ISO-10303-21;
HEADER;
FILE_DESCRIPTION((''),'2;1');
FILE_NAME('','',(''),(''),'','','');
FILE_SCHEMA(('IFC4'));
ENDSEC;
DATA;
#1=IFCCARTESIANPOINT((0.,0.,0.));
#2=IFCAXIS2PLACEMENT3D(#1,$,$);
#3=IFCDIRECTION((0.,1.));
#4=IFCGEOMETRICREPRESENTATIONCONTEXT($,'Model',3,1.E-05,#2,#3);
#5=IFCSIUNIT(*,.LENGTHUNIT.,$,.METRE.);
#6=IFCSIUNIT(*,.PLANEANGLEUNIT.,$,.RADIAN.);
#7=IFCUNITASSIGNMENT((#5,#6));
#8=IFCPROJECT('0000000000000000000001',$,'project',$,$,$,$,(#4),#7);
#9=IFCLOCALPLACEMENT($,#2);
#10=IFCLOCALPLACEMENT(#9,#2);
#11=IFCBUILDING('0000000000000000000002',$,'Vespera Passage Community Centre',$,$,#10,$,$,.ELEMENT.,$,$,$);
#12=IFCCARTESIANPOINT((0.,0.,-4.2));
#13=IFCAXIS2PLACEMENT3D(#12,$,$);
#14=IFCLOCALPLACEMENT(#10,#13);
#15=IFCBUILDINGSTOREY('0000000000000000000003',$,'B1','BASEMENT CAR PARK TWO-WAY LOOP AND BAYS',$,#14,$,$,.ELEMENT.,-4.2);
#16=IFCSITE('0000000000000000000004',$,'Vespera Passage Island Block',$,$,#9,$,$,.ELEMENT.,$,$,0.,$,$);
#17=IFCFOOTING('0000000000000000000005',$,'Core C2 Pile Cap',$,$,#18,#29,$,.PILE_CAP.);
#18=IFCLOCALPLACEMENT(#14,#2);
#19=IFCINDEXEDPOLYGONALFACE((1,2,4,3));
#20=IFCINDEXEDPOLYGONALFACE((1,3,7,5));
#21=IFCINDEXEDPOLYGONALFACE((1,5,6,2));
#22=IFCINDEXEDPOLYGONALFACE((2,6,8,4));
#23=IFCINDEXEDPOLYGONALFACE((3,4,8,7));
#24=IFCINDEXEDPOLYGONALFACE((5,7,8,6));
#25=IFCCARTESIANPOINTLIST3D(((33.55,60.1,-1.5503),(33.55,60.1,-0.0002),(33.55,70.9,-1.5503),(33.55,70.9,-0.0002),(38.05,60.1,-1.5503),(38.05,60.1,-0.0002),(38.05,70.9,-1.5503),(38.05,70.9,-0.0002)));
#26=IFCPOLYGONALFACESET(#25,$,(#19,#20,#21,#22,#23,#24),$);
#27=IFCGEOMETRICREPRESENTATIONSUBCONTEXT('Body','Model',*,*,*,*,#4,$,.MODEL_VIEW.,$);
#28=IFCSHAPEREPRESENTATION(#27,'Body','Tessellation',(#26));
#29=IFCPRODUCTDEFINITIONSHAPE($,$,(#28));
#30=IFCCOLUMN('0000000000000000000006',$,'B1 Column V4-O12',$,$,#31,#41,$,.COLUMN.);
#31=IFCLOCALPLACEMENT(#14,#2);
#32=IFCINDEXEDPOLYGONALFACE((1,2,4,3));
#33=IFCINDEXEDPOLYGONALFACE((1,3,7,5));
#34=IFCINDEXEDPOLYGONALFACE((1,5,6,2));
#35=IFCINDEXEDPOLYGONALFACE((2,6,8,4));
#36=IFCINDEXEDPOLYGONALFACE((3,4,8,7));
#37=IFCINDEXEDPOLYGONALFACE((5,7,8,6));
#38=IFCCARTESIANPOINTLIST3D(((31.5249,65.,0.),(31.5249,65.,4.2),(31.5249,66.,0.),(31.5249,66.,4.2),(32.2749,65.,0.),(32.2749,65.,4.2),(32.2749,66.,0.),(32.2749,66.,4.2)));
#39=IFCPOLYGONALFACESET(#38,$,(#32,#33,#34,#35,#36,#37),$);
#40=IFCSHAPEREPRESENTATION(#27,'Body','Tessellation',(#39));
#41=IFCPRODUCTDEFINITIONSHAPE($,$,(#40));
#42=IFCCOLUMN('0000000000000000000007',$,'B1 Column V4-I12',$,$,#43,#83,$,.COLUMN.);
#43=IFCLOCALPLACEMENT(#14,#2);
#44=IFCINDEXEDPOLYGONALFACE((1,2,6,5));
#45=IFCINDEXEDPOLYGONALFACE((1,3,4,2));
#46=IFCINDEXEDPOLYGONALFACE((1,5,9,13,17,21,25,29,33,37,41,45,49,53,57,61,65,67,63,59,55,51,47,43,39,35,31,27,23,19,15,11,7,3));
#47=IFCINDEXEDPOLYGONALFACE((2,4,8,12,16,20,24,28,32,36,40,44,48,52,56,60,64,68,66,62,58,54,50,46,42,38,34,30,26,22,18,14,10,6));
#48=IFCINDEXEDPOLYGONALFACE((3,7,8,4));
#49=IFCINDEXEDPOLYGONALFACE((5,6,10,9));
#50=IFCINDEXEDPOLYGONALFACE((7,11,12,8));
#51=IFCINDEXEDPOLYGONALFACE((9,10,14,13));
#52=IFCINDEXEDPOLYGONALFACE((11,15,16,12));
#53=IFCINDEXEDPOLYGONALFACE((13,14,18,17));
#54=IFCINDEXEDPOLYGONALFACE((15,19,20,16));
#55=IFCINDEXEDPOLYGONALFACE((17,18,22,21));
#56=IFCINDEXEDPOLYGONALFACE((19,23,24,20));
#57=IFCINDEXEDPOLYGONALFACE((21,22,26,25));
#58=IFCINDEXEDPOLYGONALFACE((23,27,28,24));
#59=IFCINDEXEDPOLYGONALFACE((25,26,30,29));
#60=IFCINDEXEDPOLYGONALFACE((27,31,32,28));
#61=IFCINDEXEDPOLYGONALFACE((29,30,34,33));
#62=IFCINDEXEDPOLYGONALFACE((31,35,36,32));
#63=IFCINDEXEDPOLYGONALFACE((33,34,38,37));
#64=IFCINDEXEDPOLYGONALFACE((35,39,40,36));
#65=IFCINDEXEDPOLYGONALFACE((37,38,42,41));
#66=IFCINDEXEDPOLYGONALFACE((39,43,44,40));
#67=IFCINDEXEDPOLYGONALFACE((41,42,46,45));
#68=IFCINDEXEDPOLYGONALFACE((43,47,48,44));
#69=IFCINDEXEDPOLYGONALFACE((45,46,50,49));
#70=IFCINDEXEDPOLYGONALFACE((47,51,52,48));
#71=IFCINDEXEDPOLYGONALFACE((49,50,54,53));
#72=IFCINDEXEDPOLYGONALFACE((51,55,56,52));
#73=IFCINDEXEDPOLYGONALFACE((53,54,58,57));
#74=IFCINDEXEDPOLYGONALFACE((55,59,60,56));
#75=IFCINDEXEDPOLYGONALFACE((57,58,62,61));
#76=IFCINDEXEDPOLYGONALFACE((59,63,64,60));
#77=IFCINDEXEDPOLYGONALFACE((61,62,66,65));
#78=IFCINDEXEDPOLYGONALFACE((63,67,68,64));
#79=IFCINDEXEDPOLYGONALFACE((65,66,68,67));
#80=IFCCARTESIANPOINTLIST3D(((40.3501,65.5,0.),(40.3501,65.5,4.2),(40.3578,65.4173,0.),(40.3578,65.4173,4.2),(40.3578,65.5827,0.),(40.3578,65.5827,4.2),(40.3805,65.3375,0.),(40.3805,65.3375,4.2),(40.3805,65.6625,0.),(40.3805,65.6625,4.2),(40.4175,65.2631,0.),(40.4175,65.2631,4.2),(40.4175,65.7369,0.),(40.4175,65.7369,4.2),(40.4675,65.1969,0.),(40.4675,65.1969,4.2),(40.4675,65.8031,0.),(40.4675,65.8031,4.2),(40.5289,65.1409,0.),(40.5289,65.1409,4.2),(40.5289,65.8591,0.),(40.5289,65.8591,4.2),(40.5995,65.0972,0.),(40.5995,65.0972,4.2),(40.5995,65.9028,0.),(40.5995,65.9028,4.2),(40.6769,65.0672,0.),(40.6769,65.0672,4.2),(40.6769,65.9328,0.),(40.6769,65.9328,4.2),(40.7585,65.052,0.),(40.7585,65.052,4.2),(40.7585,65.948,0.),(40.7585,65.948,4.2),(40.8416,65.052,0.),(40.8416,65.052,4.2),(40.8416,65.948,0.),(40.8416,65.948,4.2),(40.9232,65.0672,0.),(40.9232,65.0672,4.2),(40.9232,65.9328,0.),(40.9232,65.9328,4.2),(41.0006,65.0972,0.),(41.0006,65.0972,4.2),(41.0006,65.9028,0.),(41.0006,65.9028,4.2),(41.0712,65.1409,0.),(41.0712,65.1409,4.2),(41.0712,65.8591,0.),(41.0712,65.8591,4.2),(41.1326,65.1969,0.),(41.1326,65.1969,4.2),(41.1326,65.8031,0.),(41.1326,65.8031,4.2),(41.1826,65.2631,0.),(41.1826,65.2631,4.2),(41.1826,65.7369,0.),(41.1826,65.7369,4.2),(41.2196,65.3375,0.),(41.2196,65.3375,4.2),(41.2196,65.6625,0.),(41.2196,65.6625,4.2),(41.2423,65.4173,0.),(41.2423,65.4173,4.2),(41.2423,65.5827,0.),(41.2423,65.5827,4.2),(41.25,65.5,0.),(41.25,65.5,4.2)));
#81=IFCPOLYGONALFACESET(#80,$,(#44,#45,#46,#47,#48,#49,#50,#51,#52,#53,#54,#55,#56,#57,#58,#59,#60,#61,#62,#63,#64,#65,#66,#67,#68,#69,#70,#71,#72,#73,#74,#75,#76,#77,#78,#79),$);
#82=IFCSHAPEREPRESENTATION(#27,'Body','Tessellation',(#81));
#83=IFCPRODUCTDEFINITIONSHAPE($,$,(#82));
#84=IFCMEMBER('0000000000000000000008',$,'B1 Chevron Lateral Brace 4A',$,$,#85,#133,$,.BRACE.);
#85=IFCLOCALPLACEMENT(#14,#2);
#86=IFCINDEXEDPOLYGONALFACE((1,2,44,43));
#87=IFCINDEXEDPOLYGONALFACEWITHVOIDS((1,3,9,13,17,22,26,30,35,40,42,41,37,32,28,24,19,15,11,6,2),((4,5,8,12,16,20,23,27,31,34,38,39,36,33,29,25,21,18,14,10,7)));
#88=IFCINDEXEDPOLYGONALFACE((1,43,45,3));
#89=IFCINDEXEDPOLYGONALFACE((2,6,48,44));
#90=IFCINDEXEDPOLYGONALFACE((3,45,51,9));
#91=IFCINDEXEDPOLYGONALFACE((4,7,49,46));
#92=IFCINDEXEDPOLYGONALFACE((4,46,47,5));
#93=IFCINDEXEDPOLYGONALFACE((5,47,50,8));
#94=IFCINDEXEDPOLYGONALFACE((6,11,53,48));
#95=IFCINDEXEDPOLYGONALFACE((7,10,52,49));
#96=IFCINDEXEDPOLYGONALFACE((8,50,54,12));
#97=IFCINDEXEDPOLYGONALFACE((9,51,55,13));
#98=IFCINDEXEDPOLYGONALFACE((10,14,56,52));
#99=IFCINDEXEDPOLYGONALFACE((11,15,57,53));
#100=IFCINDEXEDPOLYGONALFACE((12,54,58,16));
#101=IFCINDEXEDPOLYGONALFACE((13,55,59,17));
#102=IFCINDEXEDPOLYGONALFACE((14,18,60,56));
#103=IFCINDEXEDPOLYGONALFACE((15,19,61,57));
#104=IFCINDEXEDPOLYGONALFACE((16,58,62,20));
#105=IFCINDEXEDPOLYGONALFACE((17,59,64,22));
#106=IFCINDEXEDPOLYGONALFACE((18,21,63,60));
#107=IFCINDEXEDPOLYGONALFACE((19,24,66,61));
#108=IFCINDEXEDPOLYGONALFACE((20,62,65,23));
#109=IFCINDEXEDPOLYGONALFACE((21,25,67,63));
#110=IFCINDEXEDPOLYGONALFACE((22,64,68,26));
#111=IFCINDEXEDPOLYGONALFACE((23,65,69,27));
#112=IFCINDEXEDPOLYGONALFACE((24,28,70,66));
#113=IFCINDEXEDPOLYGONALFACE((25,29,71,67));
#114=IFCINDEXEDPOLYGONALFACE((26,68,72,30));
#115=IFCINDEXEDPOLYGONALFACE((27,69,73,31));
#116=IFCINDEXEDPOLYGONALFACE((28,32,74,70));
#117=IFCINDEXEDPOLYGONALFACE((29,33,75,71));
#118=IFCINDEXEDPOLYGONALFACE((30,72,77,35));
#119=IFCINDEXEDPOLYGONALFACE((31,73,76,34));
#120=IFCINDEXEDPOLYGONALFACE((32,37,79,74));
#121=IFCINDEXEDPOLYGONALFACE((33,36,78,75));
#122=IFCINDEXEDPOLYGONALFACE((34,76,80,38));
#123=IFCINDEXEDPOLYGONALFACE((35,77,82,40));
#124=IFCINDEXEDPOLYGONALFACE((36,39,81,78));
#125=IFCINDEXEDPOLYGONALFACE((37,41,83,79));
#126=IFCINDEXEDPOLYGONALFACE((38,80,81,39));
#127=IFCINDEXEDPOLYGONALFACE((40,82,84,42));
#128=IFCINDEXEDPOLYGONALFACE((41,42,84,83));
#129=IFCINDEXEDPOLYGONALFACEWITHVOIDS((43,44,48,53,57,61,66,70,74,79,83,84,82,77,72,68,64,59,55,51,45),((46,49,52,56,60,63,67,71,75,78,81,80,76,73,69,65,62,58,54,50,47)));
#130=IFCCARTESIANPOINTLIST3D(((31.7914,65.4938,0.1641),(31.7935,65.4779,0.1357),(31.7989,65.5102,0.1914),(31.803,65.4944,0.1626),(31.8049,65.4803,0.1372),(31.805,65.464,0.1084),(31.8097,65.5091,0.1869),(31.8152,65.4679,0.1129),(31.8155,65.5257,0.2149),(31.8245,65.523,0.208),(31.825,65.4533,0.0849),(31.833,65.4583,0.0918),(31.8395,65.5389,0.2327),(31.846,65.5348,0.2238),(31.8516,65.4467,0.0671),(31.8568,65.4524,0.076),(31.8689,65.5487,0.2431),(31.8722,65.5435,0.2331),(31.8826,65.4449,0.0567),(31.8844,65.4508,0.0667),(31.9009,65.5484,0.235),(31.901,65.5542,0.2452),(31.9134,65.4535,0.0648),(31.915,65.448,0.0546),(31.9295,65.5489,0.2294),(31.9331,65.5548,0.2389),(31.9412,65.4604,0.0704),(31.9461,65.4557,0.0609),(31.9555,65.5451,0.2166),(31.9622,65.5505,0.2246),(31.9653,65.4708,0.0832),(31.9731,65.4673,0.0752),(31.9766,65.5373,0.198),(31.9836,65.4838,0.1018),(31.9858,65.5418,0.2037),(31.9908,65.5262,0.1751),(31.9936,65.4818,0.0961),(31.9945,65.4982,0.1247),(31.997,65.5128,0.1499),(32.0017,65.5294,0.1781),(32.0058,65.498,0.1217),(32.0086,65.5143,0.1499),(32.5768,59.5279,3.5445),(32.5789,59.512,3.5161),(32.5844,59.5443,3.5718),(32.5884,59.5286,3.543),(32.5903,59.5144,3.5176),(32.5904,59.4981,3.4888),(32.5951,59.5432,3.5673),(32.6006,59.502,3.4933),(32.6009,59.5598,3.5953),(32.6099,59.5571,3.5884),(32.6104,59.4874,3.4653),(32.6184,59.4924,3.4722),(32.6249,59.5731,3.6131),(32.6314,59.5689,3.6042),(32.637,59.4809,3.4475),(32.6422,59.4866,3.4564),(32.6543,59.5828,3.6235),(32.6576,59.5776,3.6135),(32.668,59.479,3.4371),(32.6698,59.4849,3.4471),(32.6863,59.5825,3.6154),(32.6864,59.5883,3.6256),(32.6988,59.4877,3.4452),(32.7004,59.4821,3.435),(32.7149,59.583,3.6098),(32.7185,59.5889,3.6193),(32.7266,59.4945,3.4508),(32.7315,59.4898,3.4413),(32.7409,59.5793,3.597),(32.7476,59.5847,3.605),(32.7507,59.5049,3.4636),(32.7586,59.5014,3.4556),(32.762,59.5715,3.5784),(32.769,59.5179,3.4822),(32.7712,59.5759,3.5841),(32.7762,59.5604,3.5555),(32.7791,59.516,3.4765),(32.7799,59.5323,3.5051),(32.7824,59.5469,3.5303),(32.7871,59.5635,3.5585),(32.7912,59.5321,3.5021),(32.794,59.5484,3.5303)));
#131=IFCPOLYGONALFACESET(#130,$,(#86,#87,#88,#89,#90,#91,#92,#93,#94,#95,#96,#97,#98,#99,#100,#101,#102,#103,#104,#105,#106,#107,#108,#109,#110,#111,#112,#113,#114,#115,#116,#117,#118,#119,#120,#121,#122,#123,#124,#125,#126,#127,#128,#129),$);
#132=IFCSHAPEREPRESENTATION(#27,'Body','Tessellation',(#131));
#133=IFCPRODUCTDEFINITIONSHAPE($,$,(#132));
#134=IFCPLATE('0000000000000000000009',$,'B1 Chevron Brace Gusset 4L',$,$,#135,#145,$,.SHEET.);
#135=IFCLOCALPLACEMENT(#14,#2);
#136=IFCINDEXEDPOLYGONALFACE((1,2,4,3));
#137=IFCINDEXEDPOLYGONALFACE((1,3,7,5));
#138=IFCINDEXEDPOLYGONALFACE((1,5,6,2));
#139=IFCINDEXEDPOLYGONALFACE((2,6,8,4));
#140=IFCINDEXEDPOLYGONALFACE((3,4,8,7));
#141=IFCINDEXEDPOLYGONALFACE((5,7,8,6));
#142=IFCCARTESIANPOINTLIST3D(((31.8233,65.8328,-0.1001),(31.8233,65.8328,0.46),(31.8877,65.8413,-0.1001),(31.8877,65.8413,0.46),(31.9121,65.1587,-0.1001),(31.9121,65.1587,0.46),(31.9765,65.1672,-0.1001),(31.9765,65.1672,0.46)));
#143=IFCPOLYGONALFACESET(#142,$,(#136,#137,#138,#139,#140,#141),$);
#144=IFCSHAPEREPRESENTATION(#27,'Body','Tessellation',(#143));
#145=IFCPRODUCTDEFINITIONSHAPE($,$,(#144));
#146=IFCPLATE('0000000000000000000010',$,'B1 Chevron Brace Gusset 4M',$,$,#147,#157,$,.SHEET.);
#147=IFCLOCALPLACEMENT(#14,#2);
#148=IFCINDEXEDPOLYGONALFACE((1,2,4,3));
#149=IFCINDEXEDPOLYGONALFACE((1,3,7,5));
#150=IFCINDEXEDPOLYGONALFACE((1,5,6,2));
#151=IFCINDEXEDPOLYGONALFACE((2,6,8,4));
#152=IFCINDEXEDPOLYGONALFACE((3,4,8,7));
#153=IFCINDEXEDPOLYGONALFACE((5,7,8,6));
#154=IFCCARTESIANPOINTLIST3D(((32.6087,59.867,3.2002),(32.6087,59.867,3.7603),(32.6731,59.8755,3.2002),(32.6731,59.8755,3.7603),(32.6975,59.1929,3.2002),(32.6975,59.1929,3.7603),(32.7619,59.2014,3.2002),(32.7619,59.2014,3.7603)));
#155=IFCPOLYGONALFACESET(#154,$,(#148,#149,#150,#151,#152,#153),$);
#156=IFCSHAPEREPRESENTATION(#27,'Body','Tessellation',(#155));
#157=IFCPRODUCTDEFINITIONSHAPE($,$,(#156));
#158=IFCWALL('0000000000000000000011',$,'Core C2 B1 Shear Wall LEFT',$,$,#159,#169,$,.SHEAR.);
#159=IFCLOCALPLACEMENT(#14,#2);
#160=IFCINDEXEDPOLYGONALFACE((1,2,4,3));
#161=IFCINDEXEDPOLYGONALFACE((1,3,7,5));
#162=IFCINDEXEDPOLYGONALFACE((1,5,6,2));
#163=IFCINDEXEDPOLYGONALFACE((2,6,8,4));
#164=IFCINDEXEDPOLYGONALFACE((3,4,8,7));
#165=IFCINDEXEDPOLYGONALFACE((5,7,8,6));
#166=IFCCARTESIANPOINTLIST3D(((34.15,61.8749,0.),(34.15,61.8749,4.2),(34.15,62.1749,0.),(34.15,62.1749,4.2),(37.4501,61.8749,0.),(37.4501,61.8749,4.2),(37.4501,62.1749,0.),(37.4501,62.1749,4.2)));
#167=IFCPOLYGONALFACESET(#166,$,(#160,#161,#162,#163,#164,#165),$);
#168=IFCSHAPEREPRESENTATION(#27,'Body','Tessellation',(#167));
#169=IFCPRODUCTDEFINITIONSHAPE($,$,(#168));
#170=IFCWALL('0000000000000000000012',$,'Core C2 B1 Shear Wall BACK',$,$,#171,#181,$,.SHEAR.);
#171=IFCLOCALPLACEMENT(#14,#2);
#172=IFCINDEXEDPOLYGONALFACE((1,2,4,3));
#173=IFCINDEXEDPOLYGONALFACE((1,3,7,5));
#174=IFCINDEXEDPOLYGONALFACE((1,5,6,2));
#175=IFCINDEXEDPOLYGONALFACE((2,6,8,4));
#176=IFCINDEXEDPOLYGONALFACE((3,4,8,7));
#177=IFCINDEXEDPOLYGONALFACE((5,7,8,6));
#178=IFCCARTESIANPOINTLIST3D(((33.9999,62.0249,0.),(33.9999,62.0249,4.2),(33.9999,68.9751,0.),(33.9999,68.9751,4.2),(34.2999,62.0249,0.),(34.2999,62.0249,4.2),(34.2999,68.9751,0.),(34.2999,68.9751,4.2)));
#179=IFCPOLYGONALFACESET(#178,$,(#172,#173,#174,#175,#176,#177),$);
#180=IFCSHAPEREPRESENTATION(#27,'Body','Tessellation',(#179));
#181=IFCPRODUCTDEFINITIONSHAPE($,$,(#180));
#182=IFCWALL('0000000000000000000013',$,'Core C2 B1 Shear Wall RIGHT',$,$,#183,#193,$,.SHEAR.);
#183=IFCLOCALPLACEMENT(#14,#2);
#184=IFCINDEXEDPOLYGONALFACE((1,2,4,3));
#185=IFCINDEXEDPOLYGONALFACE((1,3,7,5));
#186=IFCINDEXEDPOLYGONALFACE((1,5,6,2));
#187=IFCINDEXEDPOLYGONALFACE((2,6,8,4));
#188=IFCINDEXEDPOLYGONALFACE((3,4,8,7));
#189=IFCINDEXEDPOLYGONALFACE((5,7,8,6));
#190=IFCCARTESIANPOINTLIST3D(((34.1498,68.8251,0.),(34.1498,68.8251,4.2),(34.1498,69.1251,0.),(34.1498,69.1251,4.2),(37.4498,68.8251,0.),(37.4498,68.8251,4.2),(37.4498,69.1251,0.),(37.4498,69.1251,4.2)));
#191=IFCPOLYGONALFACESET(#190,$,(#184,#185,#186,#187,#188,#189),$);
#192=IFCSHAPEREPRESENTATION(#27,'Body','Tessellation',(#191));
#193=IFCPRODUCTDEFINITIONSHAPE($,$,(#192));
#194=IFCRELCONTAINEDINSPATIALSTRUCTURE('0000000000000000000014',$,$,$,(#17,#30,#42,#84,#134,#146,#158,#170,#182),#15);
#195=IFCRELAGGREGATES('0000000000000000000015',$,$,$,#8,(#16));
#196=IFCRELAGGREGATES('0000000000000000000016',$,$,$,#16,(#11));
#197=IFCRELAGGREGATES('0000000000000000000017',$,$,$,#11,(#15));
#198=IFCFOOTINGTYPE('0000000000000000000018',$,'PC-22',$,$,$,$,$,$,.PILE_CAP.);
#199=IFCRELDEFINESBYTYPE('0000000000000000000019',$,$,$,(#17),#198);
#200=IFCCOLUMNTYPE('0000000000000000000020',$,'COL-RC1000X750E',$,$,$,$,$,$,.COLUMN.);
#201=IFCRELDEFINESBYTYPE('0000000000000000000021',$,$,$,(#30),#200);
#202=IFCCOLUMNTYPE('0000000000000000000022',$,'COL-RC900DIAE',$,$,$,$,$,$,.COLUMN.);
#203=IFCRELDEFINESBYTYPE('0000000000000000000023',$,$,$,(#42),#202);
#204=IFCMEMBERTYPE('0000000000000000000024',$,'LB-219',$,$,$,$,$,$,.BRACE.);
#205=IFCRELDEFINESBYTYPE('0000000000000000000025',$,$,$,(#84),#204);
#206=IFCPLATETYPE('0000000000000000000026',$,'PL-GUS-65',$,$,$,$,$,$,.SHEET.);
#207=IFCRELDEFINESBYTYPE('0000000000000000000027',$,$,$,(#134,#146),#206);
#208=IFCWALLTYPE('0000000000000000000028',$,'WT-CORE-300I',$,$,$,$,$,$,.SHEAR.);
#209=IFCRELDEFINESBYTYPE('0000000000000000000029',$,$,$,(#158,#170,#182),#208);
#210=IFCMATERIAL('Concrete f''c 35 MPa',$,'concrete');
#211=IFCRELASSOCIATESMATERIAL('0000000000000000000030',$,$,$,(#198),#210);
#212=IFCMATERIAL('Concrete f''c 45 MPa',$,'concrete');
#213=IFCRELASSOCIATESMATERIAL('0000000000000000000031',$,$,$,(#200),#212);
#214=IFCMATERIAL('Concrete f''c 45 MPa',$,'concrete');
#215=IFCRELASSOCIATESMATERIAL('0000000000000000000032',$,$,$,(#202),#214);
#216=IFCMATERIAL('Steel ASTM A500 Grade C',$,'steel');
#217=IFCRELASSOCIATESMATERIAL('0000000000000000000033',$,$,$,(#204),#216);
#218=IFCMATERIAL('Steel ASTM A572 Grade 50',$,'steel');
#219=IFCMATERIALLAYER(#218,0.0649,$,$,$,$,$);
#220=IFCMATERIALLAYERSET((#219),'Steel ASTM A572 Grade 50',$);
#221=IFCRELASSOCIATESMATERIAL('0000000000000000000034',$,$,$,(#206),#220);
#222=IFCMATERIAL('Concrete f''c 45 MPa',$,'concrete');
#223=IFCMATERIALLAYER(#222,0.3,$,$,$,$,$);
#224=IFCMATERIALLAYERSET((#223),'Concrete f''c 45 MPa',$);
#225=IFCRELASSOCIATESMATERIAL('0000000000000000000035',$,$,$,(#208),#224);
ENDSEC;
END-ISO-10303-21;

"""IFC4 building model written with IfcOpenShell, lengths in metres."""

from ifc_helpers import new_model, si_unit, direction, frame, frame_2d, origin, origin_2d, place, context, subcontext, project, spatial, rectangle, circle, hollow_circle, extrude, material, layer, layer_set, material_profile, profile_set, type_object, element, save


model = new_model("IFC4")

# Units and contexts
model_context = context("Model", 3, precision=1e-05, world=origin(), true_north=direction((0.0, 1.0)))
body_context = subcontext(model_context, "Body", "Model", "MODEL_VIEW")
ifc_project = project(units=[si_unit("LENGTHUNIT", "METRE"), si_unit("PLANEANGLEUNIT", "RADIAN")], contexts=[model_context])

# Site, building, storey
site_placement = place(None, origin())
site = spatial("IfcSite", under=ifc_project, at=site_placement, Name="Vespera Passage Island Block", CompositionType="ELEMENT", RefElevation=0.0)
building_placement = place(site_placement, origin())
building = spatial("IfcBuilding", under=site, at=building_placement, Name="Vespera Passage Community Centre", CompositionType="ELEMENT")
storey_placement = place(building_placement, frame((0.0, 0.0, -4.2)))
storey = spatial("IfcBuildingStorey", under=building, at=storey_placement, Name="B1", Description="BASEMENT CAR PARK TWO-WAY LOOP AND BAYS", CompositionType="ELEMENT", Elevation=-4.2)

# Footing
ifc_material_1 = material(Name="Concrete f'c 35 MPa", Category="concrete")
footing_type_1 = type_object("IfcFootingType", Name="PC-22", PredefinedType="PILE_CAP", material=ifc_material_1)
footing_1_placement = place(storey_placement, frame((35.8, 65.5, -1.5503), z_axis=(0.0, 0.0, 1.0), x_axis=(0.0, 1.0, 0.0)))
element("IfcFooting", 1, at=footing_1_placement, inside=storey, type_object=footing_type_1, Name="Core C2 Pile Cap", PredefinedType="PILE_CAP", context=body_context, shape_type="SweptSolid", body=[
    extrude(rectangle(XDim=10.8, YDim=4.5, at=origin_2d()), origin(), (0.0, 0.0, 1.0), 1.55),
])

# Columns
ifc_material_2 = material(Name="Concrete f'c 45 MPa", Category="concrete")
ifc_material_profile_1 = material_profile(ifc_material_2, rectangle(XDim=0.75, YDim=1.0, at=origin_2d()), Name="RC1000X750")
ifc_profile_set_1 = profile_set([ifc_material_profile_1], Name="Concrete f'c 45 MPa")
column_type_1 = type_object("IfcColumnType", Name="COL-RC1000X750E", PredefinedType="COLUMN", material=ifc_profile_set_1)
column_1_placement = place(storey_placement, frame((31.8999, 65.5, 0.0), z_axis=(0.0, 0.0, 1.0), x_axis=(1.0, 0.0, 0.0)))
element("IfcColumn", 2, at=column_1_placement, inside=storey, type_object=column_type_1, Name="B1 Column V4-O12", PredefinedType="COLUMN", context=body_context, shape_type="SweptSolid", body=[
    extrude(rectangle(XDim=0.75, YDim=1.0, at=origin_2d()), origin(), (0.0, 0.0, 1.0), 4.2),
])
ifc_material_3 = material(Name="Concrete f'c 45 MPa", Category="concrete")
ifc_material_profile_2 = material_profile(ifc_material_3, circle(Radius=0.45, at=origin_2d()), Name="RC900DIA")
ifc_profile_set_2 = profile_set([ifc_material_profile_2], Name="Concrete f'c 45 MPa")
column_type_2 = type_object("IfcColumnType", Name="COL-RC900DIAE", PredefinedType="COLUMN", material=ifc_profile_set_2)
column_2_placement = place(storey_placement, frame((40.8, 65.5, 0.0), z_axis=(0.0, 0.0, 1.0), x_axis=(1.0, 0.0, 0.0)))
element("IfcColumn", 3, at=column_2_placement, inside=storey, type_object=column_type_2, Name="B1 Column V4-I12", PredefinedType="COLUMN", context=body_context, shape_type="SweptSolid", body=[
    extrude(circle(Radius=0.45, at=origin_2d()), origin(), (0.0, 0.0, 1.0), 4.2),
])

# Member
ifc_material_4 = material(Name="Steel ASTM A500 Grade C", Category="steel")
ifc_material_profile_3 = material_profile(ifc_material_4, hollow_circle(Radius=0.1096, WallThickness=0.0117, at=origin_2d()), Name="CHS219X12.7")
ifc_profile_set_3 = profile_set([ifc_material_profile_3], Name="Steel ASTM A500 Grade C")
member_type = type_object("IfcMemberType", Name="LB-219", PredefinedType="BRACE", material=ifc_profile_set_3)
member_placement = place(storey_placement, frame((31.8999, 65.5, 0.1499), z_axis=(0.113797, -0.864387, 0.489781), x_axis=(0.991445, 0.130524, 0.0)))
element("IfcMember", 4, at=member_placement, inside=storey, type_object=member_type, Name="B1 Chevron Lateral Brace 4A", PredefinedType="BRACE", context=body_context, shape_type="SweptSolid", body=[
    extrude(hollow_circle(Radius=0.1096, WallThickness=0.0117, at=origin_2d()), origin(), (0.0, 0.0, 1.0), 6.9019),
])

# Plates
ifc_material_5 = material(Name="Steel ASTM A572 Grade 50", Category="steel")
ifc_layer_1 = layer(ifc_material_5, 0.0649)
ifc_layer_set_1 = layer_set([ifc_layer_1], Name="Steel ASTM A572 Grade 50")
plate_type = type_object("IfcPlateType", Name="PL-GUS-65", PredefinedType="SHEET", material=ifc_layer_set_1)
for number, where, z_axis, x_axis, name in (
    (5, (31.8999, 65.5, -0.1001), (0.0, 0.0, 1.0), (0.130526, -0.991445, 0.0), "B1 Chevron Brace Gusset 4L"),
    (6, (32.6853, 59.5342, 3.2002), (0.0, 0.0, 1.0), (0.130526, -0.991445, 0.0), "B1 Chevron Brace Gusset 4M"),
):
    element("IfcPlate", number, at=place(storey_placement, frame(where, z_axis=z_axis, x_axis=x_axis)), inside=storey, type_object=plate_type, Name=name, PredefinedType="SHEET", context=body_context, shape_type="SweptSolid", body=[
        extrude(rectangle(XDim=0.6799, YDim=0.0649, at=origin_2d()), origin(), (0.0, 0.0, 1.0), 0.5601),
    ])

# Walls
ifc_material_6 = material(Name="Concrete f'c 45 MPa", Category="concrete")
ifc_layer_2 = layer(ifc_material_6, 0.3)
ifc_layer_set_2 = layer_set([ifc_layer_2], Name="Concrete f'c 45 MPa")
wall_type_1 = type_object("IfcWallType", Name="WT-CORE-300I", PredefinedType="SHEAR", material=ifc_layer_set_2)
wall_1_placement = place(storey_placement, frame((37.45, 62.0249, 0.0), z_axis=(0.0, 0.0, 1.0), x_axis=(-1.0, 0.0, 0.0)))
element("IfcWall", 7, at=wall_1_placement, inside=storey, type_object=wall_type_1, Name="Core C2 B1 Shear Wall LEFT", PredefinedType="SHEAR", context=body_context, shape_type="SweptSolid", body=[
    extrude(rectangle(XDim=3.3, YDim=0.3, at=frame_2d((1.6499, 0.0))), origin(), (0.0, 0.0, 1.0), 4.2),
])
wall_2_placement = place(storey_placement, frame((34.1499, 62.0249, 0.0), z_axis=(0.0, 0.0, 1.0), x_axis=(0.0, 1.0, 0.0)))
element("IfcWall", 8, at=wall_2_placement, inside=storey, type_object=wall_type_1, Name="Core C2 B1 Shear Wall BACK", PredefinedType="SHEAR", context=body_context, shape_type="SweptSolid", body=[
    extrude(rectangle(XDim=6.9502, YDim=0.3, at=frame_2d((3.4751, 0.0))), origin(), (0.0, 0.0, 1.0), 4.2),
])
wall_3_placement = place(storey_placement, frame((34.1499, 68.9751, 0.0), z_axis=(0.0, 0.0, 1.0), x_axis=(1.0, 0.0, 0.0)))
element("IfcWall", 9, at=wall_3_placement, inside=storey, type_object=wall_type_1, Name="Core C2 B1 Shear Wall RIGHT", PredefinedType="SHEAR", context=body_context, shape_type="SweptSolid", body=[
    extrude(rectangle(XDim=3.3, YDim=0.3, at=frame_2d((1.6499, 0.0))), origin(), (0.0, 0.0, 1.0), 4.2),
])

save(model, "model.ifc")
